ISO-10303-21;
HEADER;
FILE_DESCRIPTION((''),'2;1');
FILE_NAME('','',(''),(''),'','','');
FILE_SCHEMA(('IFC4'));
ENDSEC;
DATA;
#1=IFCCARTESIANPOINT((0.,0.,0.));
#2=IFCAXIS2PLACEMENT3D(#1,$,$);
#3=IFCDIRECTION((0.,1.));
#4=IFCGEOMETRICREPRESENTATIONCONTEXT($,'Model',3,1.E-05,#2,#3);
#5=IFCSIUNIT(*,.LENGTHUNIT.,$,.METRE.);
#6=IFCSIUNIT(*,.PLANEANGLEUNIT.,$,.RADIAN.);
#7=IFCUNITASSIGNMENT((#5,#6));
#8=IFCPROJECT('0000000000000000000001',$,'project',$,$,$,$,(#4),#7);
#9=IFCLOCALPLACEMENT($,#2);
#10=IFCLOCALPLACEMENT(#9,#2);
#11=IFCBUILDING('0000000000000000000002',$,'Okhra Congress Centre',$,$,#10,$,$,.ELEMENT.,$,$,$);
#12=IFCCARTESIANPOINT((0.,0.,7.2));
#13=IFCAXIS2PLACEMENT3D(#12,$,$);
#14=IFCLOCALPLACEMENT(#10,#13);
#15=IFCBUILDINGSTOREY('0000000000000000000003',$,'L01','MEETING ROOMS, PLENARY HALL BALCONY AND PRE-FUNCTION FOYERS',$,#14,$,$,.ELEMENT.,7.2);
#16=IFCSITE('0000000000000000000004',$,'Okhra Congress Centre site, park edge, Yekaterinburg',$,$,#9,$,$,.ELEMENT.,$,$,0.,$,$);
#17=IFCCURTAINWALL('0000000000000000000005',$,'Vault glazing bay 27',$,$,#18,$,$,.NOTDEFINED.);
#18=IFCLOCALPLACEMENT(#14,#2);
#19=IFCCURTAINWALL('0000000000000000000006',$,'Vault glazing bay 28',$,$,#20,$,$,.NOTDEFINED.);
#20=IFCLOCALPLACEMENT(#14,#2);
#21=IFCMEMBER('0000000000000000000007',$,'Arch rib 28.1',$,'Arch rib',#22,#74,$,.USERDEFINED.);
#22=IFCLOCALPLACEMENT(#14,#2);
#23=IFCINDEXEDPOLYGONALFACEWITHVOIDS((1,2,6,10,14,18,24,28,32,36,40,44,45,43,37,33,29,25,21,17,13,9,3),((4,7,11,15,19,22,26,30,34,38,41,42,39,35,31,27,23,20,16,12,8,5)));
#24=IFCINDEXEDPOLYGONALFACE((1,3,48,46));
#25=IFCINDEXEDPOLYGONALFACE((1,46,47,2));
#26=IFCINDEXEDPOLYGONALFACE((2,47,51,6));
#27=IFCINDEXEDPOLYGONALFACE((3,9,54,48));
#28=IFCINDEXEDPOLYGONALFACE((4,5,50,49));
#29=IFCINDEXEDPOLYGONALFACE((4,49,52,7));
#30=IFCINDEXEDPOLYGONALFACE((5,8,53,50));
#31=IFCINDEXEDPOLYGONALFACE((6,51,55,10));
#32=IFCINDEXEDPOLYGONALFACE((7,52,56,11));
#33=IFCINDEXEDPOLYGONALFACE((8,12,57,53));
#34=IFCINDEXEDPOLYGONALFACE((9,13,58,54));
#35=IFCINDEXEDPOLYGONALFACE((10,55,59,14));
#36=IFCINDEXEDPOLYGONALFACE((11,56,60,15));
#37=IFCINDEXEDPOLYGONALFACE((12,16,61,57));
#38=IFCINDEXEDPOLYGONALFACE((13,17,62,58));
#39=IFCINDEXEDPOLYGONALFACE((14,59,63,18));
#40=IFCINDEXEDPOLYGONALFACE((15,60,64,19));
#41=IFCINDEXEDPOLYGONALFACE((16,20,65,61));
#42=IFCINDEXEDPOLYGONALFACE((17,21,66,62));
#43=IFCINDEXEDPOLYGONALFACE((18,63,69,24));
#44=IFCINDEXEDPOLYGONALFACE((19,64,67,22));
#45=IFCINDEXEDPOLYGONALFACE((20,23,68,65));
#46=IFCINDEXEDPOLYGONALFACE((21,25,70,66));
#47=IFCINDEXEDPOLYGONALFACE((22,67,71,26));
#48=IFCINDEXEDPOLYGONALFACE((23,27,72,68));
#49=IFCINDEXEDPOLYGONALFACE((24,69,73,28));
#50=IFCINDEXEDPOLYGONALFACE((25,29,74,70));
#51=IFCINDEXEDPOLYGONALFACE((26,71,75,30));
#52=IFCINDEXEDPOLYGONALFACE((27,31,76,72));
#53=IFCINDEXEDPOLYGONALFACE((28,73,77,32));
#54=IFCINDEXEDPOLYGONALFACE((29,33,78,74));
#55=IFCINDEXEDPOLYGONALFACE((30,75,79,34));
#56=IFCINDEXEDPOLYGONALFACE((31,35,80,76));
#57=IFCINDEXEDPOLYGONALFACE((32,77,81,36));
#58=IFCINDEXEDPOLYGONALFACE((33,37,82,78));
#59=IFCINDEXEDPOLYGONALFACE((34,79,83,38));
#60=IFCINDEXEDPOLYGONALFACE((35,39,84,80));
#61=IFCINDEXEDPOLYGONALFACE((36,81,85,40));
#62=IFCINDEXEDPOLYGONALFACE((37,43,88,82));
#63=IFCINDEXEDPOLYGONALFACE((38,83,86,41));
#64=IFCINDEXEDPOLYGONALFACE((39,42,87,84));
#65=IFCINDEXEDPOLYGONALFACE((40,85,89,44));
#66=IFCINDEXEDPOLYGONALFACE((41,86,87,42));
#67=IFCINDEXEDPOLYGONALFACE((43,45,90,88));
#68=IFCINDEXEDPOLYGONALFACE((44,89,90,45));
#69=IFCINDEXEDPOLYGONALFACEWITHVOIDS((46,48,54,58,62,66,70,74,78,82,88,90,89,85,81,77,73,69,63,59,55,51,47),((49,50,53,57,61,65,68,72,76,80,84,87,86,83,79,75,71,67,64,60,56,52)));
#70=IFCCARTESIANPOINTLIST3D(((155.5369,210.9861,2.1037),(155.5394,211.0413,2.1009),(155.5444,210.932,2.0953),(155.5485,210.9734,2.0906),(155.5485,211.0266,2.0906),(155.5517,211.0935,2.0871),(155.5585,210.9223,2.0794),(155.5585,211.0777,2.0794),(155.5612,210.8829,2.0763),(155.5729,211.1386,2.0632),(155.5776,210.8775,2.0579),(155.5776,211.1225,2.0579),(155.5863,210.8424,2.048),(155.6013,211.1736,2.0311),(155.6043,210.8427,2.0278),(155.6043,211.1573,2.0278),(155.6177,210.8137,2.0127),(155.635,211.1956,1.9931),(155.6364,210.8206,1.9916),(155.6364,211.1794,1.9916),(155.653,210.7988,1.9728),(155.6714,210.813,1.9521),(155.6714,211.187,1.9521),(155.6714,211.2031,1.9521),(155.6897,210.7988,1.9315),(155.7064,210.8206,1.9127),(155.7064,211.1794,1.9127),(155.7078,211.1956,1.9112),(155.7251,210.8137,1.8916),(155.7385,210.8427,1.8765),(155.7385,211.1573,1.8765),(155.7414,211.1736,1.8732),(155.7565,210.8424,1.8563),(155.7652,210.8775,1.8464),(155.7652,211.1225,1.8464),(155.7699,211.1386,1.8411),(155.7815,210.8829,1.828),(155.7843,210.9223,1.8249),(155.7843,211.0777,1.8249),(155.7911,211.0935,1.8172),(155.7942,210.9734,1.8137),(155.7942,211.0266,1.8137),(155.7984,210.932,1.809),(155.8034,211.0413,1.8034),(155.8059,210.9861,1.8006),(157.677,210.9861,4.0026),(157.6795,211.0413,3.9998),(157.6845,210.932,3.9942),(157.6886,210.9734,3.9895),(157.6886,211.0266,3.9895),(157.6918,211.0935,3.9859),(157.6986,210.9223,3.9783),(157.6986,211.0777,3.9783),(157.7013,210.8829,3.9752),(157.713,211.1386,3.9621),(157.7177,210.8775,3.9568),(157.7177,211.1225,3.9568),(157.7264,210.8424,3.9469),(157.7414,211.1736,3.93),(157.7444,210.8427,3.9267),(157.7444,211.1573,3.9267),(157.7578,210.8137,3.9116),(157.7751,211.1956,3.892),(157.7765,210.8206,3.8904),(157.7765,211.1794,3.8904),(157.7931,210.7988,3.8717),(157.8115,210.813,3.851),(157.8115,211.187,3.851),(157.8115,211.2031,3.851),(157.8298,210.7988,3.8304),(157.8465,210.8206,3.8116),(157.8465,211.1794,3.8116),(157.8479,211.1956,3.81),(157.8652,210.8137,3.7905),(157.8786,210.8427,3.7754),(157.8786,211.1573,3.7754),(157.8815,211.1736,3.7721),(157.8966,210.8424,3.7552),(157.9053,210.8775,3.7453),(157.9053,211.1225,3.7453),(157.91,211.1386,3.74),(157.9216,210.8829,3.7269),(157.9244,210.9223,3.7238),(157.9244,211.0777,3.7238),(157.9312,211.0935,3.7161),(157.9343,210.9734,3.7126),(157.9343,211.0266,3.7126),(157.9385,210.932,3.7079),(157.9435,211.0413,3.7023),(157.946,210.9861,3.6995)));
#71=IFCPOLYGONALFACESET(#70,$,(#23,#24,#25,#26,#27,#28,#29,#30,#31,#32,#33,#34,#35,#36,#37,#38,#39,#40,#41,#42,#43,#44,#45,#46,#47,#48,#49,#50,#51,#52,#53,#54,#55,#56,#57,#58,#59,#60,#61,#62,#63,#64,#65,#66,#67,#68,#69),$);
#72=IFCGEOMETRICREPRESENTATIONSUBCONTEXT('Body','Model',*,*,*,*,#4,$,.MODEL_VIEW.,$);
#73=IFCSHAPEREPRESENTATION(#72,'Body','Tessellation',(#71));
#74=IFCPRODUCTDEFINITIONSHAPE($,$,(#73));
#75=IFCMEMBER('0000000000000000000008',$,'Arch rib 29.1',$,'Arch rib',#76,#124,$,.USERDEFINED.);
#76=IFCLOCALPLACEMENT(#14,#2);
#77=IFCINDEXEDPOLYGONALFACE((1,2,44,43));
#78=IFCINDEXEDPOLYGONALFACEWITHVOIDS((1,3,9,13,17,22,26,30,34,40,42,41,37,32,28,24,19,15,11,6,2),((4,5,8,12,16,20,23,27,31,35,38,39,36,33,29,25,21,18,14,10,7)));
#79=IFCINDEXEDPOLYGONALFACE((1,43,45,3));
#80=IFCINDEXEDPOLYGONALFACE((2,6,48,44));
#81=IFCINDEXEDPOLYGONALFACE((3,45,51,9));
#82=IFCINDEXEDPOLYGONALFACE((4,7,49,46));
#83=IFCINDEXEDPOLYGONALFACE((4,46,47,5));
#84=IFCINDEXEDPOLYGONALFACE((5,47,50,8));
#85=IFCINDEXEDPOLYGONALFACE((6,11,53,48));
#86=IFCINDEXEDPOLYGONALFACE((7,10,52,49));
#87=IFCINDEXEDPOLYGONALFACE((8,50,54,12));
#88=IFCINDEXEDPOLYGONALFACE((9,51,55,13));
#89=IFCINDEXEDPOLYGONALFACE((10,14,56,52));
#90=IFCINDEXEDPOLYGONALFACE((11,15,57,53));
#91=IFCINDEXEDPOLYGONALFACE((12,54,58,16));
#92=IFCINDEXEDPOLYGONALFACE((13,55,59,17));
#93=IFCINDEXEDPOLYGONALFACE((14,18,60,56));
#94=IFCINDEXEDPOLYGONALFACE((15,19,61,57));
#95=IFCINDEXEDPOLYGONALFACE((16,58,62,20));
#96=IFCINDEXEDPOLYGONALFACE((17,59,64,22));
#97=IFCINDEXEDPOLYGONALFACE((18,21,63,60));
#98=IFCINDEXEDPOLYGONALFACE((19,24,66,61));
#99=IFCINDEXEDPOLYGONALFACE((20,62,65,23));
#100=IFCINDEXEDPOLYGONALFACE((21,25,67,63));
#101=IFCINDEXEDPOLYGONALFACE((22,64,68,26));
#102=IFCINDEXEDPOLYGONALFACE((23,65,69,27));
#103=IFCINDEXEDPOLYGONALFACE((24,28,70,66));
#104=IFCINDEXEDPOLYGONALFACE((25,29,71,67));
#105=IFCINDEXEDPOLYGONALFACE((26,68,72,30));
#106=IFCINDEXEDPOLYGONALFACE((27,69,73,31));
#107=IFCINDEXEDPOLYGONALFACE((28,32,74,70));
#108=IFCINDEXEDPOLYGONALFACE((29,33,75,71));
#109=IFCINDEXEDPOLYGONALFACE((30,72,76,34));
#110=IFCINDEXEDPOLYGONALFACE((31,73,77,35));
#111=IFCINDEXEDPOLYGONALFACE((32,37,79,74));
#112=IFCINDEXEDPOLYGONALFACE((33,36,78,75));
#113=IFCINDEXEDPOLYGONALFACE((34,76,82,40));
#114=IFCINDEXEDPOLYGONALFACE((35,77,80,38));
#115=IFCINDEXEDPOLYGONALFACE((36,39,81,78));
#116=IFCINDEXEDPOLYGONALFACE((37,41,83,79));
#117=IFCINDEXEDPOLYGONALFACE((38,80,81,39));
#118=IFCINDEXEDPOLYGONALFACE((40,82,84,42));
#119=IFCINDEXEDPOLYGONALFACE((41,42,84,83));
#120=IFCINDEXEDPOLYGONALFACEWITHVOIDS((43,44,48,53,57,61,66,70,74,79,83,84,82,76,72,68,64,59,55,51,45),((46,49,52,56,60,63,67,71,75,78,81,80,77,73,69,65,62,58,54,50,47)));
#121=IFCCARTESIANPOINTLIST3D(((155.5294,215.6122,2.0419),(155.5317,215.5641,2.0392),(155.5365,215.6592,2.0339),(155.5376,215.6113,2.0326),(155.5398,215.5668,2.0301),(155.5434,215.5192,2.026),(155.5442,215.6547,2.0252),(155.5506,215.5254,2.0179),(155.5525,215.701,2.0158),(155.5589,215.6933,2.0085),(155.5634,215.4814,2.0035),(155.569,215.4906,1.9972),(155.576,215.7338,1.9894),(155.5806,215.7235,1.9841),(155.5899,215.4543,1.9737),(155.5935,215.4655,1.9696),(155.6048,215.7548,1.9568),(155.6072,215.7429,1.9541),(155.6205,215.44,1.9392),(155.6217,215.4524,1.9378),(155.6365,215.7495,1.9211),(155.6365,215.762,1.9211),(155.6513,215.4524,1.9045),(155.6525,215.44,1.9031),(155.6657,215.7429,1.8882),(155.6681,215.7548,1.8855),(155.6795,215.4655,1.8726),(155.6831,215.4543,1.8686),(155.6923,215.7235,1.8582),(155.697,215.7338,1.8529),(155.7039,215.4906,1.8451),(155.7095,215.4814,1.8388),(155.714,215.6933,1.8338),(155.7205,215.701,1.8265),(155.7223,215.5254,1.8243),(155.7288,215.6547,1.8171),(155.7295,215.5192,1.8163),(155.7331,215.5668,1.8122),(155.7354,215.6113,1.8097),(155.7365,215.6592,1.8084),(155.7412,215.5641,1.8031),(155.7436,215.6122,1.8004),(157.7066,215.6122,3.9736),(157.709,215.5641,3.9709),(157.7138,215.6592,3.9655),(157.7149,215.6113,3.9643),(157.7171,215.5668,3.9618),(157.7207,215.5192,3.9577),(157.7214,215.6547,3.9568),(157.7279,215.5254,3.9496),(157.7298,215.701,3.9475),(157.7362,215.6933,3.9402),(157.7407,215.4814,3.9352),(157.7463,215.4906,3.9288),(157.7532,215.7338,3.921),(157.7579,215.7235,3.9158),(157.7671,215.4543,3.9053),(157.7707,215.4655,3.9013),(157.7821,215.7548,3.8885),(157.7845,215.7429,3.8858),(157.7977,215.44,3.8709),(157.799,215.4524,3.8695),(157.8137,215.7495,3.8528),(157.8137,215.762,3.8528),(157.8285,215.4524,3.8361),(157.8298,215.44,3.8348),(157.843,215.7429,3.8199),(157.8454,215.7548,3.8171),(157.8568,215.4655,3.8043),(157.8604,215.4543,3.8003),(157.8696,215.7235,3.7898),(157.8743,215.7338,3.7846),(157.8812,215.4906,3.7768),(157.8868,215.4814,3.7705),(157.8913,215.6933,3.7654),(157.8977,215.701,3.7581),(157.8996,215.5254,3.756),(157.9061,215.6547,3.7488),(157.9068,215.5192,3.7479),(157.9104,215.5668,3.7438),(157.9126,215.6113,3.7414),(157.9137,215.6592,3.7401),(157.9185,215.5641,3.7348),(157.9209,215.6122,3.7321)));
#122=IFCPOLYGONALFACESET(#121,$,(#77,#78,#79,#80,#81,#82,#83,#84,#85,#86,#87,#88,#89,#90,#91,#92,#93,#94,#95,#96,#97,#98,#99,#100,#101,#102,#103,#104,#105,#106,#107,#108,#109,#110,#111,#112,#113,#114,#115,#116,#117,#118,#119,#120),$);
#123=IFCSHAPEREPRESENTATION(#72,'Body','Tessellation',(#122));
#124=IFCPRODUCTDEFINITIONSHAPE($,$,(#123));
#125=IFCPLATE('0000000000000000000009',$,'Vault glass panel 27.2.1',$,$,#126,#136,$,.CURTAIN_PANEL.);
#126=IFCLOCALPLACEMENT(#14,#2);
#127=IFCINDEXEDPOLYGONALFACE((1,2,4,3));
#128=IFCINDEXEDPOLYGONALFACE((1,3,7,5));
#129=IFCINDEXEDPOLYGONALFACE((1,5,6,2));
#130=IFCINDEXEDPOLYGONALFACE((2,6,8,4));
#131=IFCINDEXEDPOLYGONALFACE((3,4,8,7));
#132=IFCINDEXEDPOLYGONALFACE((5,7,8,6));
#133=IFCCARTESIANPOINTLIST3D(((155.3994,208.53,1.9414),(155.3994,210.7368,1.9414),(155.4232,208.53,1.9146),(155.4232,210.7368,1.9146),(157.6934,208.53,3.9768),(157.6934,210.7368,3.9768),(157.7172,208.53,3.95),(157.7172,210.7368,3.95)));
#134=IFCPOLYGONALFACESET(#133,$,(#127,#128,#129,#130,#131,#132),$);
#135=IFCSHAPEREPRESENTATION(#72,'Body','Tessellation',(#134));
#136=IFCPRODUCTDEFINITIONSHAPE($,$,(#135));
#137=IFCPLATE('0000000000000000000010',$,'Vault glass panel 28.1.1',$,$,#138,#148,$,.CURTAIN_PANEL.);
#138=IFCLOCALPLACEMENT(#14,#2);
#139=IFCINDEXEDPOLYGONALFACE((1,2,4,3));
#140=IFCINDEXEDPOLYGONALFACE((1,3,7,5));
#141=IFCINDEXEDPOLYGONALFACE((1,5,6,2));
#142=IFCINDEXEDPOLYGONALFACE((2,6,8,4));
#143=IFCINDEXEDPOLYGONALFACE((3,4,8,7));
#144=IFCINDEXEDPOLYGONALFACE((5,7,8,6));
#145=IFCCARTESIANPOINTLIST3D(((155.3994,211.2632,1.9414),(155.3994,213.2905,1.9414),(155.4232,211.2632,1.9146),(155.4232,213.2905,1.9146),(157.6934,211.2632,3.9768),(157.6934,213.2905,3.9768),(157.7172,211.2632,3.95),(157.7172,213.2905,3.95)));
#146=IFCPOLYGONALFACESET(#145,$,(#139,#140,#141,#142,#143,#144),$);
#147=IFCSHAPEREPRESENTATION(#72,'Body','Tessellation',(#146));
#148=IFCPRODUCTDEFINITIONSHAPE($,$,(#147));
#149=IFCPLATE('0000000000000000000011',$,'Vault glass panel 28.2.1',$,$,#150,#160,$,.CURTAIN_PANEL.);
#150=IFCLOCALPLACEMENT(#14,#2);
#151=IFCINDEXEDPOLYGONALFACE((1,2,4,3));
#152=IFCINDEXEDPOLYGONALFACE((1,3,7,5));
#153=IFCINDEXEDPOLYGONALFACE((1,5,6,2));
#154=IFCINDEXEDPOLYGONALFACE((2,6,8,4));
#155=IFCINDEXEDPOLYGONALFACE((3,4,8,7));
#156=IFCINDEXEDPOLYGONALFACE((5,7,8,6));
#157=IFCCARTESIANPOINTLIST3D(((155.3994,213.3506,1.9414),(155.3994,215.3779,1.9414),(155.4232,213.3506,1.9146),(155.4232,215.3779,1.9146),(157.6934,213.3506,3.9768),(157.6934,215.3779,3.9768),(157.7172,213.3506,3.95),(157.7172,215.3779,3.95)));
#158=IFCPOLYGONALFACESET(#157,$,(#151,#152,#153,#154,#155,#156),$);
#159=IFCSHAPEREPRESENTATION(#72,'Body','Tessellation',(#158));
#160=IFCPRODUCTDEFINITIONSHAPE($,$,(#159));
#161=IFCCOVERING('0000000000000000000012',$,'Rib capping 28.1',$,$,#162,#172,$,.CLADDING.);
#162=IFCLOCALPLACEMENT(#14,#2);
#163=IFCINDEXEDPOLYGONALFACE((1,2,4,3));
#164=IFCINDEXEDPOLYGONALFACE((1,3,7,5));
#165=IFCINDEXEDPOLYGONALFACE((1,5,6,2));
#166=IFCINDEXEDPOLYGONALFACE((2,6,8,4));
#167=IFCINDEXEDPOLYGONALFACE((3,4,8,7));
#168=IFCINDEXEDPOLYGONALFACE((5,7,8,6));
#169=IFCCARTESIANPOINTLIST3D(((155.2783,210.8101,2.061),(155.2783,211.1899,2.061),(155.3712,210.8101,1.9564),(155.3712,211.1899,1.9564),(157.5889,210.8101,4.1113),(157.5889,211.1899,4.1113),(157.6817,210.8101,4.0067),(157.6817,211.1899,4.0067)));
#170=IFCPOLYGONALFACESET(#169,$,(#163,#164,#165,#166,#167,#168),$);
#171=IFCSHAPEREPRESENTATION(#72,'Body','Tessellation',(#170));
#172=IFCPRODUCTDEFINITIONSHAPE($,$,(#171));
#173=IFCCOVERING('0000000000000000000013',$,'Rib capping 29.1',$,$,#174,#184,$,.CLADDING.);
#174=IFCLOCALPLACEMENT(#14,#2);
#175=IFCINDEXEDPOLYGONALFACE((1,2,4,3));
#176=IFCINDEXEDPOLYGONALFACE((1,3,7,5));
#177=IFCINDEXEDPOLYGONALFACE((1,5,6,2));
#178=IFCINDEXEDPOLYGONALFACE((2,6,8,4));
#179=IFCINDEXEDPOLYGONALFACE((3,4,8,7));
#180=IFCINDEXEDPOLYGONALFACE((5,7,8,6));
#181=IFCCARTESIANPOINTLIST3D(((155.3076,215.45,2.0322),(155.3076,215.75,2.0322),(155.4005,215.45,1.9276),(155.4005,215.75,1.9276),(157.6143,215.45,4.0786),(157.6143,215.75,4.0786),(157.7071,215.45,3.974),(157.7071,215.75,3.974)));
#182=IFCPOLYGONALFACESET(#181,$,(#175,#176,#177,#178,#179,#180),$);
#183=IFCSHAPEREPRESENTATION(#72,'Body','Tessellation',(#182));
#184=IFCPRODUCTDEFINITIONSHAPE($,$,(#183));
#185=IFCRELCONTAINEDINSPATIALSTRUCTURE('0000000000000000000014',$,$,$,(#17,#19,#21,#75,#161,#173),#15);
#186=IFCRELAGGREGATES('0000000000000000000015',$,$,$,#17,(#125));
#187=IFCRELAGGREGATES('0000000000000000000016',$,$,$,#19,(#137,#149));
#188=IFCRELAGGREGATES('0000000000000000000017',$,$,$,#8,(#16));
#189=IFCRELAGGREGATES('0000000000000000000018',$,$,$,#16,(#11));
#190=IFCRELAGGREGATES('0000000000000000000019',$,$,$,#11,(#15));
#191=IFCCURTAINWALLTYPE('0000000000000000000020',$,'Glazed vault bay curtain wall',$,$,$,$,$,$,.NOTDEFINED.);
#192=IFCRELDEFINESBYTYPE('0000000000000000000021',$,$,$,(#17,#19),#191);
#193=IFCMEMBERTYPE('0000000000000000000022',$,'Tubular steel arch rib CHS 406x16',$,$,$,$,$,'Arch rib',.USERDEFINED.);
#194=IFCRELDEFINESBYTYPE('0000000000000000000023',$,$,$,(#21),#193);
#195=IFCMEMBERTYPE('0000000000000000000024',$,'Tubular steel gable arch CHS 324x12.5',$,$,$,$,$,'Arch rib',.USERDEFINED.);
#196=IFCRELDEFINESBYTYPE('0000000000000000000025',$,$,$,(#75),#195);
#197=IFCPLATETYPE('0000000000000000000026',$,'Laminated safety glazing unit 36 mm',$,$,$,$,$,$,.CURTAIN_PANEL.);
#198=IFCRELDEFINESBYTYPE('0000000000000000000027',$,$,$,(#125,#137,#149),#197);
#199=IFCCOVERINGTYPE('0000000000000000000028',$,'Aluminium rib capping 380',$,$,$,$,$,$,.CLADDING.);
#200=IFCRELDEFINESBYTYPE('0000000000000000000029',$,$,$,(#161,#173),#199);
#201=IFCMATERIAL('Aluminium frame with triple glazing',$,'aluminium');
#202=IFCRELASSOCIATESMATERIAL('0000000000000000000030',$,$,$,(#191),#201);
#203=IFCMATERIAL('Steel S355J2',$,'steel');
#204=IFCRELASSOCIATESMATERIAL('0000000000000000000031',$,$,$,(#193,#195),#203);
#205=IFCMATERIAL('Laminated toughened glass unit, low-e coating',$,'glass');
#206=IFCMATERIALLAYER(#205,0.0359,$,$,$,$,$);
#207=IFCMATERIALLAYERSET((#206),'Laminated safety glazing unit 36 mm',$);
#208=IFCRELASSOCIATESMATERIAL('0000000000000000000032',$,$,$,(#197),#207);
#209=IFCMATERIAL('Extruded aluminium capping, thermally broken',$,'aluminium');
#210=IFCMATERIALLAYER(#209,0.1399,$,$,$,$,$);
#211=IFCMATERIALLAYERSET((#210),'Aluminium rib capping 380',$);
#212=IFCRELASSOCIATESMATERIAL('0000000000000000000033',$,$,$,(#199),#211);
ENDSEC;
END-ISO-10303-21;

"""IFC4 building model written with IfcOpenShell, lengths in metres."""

from ifc_helpers import new_model, si_unit, direction, frame, origin, origin_2d, place, context, subcontext, project, spatial, polyline, hollow_circle, outline, extrude, material, layer, layer_set, material_profile, profile_set, type_object, element, aggregate, save


model = new_model("IFC4")

# Units and contexts
model_context = context("Model", 3, precision=1e-05, world=origin(), true_north=direction((0.0, 1.0)))
body_context = subcontext(model_context, "Body", "Model", "MODEL_VIEW")
ifc_project = project(units=[si_unit("LENGTHUNIT", "METRE"), si_unit("PLANEANGLEUNIT", "RADIAN")], contexts=[model_context])

# Site, building, storey
site_placement = place(None, origin())
site = spatial("IfcSite", under=ifc_project, at=site_placement, Name="Okhra Congress Centre site, park edge, Yekaterinburg", CompositionType="ELEMENT", RefElevation=0.0)
building_placement = place(site_placement, origin())
building = spatial("IfcBuilding", under=site, at=building_placement, Name="Okhra Congress Centre", CompositionType="ELEMENT")
storey_placement = place(building_placement, frame((0.0, 0.0, 7.2)))
storey = spatial("IfcBuildingStorey", under=building, at=storey_placement, Name="L01", Description="MEETING ROOMS, PLENARY HALL BALCONY AND PRE-FUNCTION FOYERS", CompositionType="ELEMENT", Elevation=7.2)

# Curtain walls
ifc_material_1 = material(Name="Aluminium frame with triple glazing", Category="aluminium")
curtain_wall_type = type_object("IfcCurtainWallType", Name="Glazed vault bay curtain wall", PredefinedType="NOTDEFINED", material=ifc_material_1)
curtain_wall_1_placement = place(storey_placement, origin())
curtain_wall_1 = element("IfcCurtainWall", 1, at=curtain_wall_1_placement, inside=storey, type_object=curtain_wall_type, Name="Vault glazing bay 27", PredefinedType="NOTDEFINED")
curtain_wall_2_placement = place(storey_placement, origin())
curtain_wall_2 = element("IfcCurtainWall", 2, at=curtain_wall_2_placement, inside=storey, type_object=curtain_wall_type, Name="Vault glazing bay 28", PredefinedType="NOTDEFINED")

# Shared definitions
ifc_material_2 = material(Name="Steel S355J2", Category="steel")

# Members
ifc_material_profile_1 = material_profile(ifc_material_2, hollow_circle(Radius=0.2031, WallThickness=0.0161, at=origin_2d()), Name="CHS 406.4x16")
ifc_profile_set_1 = profile_set([ifc_material_profile_1], Name="Steel S355J2")
member_type_1 = type_object("IfcMemberType", Name="Tubular steel arch rib CHS 406x16", ElementType="Arch rib", PredefinedType="USERDEFINED", material=ifc_profile_set_1)
member_1_placement = place(storey_placement, frame((155.6714, 211.0, 1.9521), z_axis=(0.748002, 0.0, 0.663696), x_axis=(0.0, 1.0, 0.0)))
element("IfcMember", 3, at=member_1_placement, inside=storey, type_object=member_type_1, Name="Arch rib 28.1", ObjectType="Arch rib", PredefinedType="USERDEFINED", context=body_context, shape_type="SweptSolid", body=[
    extrude(hollow_circle(Radius=0.2031, WallThickness=0.0161, at=origin_2d()), origin(), (0.0, 0.0, 1.0), 2.8611),
])
ifc_material_profile_2 = material_profile(ifc_material_2, hollow_circle(Radius=0.1619, WallThickness=0.0125, at=origin_2d()), Name="CHS 323.9x12.5")
ifc_profile_set_2 = profile_set([ifc_material_profile_2], Name="Steel S355J2")
member_type_2 = type_object("IfcMemberType", Name="Tubular steel gable arch CHS 324x12.5", ElementType="Arch rib", PredefinedType="USERDEFINED", material=ifc_profile_set_2)
member_2_placement = place(storey_placement, frame((155.6365, 215.6001, 1.9211), z_axis=(0.748038, 0.0, 0.663655), x_axis=(0.0, 1.0, 0.0)))
element("IfcMember", 4, at=member_2_placement, inside=storey, type_object=member_type_2, Name="Arch rib 29.1", ObjectType="Arch rib", PredefinedType="USERDEFINED", context=body_context, shape_type="SweptSolid", body=[
    extrude(hollow_circle(Radius=0.1619, WallThickness=0.0125, at=origin_2d()), origin(), (0.0, 0.0, 1.0), 2.9106),
])

# Plates
ifc_material_3 = material(Name="Laminated toughened glass unit, low-e coating", Category="glass")
ifc_layer_1 = layer(ifc_material_3, 0.0359)
ifc_layer_set_1 = layer_set([ifc_layer_1], Name="Laminated safety glazing unit 36 mm")
plate_type = type_object("IfcPlateType", Name="Laminated safety glazing unit 36 mm", PredefinedType="CURTAIN_PANEL", material=ifc_layer_set_1)
plate_1_placement = place(storey_placement, frame((155.3994, 208.53, 1.9414), z_axis=(-0.663697, 0.0, 0.748002), x_axis=(0.748002, 0.0, 0.663697)))
plate_1 = element("IfcPlate", 5, at=plate_1_placement, type_object=plate_type, Name="Vault glass panel 27.2.1", PredefinedType="CURTAIN_PANEL", context=body_context, shape_type="SweptSolid", body=[
    extrude(outline(polyline([(0.0, 0.0), (3.0668, 0.0), (3.0668, 2.2068), (0.0, 2.2068), (0.0, 0.0)])), origin(), (0.0, 0.0, -1.0), 0.0359),
])
aggregate(curtain_wall_1, [plate_1])
plate_2_placement = place(storey_placement, frame((155.3994, 211.2632, 1.9414), z_axis=(-0.663697, 0.0, 0.748002), x_axis=(0.748002, 0.0, 0.663697)))
plate_2 = element("IfcPlate", 6, at=plate_2_placement, type_object=plate_type, Name="Vault glass panel 28.1.1", PredefinedType="CURTAIN_PANEL", context=body_context, shape_type="SweptSolid", body=[
    extrude(outline(polyline([(0.0, 0.0), (3.0668, 0.0), (3.0668, 2.0273), (0.0, 2.0273), (0.0, 0.0)])), origin(), (0.0, 0.0, -1.0), 0.0359),
])
plate_3_placement = place(storey_placement, frame((155.3994, 213.3506, 1.9414), z_axis=(-0.663697, 0.0, 0.748002), x_axis=(0.748002, 0.0, 0.663697)))
plate_3 = element("IfcPlate", 7, at=plate_3_placement, type_object=plate_type, Name="Vault glass panel 28.2.1", PredefinedType="CURTAIN_PANEL", context=body_context, shape_type="SweptSolid", body=[
    extrude(outline(polyline([(0.0, 0.0), (3.0668, 0.0), (3.0668, 2.0273), (0.0, 2.0273), (0.0, 0.0)])), origin(), (0.0, 0.0, -1.0), 0.0359),
])
aggregate(curtain_wall_2, [plate_2, plate_3])

# Coverings
ifc_material_4 = material(Name="Extruded aluminium capping, thermally broken", Category="aluminium")
ifc_layer_2 = layer(ifc_material_4, 0.1399)
ifc_layer_set_2 = layer_set([ifc_layer_2], Name="Aluminium rib capping 380")
covering_type = type_object("IfcCoveringType", Name="Aluminium rib capping 380", PredefinedType="CLADDING", material=ifc_layer_set_2)
covering_1_placement = place(storey_placement, frame((155.2783, 210.8101, 2.061), z_axis=(-0.663726, 0.0, 0.747976), x_axis=(0.747976, 0.0, 0.663726)))
element("IfcCovering", 8, at=covering_1_placement, inside=storey, type_object=covering_type, Name="Rib capping 28.1", PredefinedType="CLADDING", context=body_context, shape_type="SweptSolid", body=[
    extrude(outline(polyline([(0.0, 0.0), (3.0891, 0.0), (3.0891, 0.3799), (0.0, 0.3799), (0.0, 0.0)])), origin(), (0.0, 0.0, -1.0), 0.1399),
])
covering_2_placement = place(storey_placement, frame((155.3076, 215.45, 2.0322), z_axis=(-0.663646, 0.0, 0.748047), x_axis=(0.748047, 0.0, 0.663646)))
element("IfcCovering", 9, at=covering_2_placement, inside=storey, type_object=covering_type, Name="Rib capping 29.1", PredefinedType="CLADDING", context=body_context, shape_type="SweptSolid", body=[
    extrude(outline(polyline([(0.0, 0.0), (3.0836, 0.0), (3.0836, 0.3), (0.0, 0.3), (0.0, 0.0)])), origin(), (0.0, 0.0, -1.0), 0.1399),
])

save(model, "model.ifc")
